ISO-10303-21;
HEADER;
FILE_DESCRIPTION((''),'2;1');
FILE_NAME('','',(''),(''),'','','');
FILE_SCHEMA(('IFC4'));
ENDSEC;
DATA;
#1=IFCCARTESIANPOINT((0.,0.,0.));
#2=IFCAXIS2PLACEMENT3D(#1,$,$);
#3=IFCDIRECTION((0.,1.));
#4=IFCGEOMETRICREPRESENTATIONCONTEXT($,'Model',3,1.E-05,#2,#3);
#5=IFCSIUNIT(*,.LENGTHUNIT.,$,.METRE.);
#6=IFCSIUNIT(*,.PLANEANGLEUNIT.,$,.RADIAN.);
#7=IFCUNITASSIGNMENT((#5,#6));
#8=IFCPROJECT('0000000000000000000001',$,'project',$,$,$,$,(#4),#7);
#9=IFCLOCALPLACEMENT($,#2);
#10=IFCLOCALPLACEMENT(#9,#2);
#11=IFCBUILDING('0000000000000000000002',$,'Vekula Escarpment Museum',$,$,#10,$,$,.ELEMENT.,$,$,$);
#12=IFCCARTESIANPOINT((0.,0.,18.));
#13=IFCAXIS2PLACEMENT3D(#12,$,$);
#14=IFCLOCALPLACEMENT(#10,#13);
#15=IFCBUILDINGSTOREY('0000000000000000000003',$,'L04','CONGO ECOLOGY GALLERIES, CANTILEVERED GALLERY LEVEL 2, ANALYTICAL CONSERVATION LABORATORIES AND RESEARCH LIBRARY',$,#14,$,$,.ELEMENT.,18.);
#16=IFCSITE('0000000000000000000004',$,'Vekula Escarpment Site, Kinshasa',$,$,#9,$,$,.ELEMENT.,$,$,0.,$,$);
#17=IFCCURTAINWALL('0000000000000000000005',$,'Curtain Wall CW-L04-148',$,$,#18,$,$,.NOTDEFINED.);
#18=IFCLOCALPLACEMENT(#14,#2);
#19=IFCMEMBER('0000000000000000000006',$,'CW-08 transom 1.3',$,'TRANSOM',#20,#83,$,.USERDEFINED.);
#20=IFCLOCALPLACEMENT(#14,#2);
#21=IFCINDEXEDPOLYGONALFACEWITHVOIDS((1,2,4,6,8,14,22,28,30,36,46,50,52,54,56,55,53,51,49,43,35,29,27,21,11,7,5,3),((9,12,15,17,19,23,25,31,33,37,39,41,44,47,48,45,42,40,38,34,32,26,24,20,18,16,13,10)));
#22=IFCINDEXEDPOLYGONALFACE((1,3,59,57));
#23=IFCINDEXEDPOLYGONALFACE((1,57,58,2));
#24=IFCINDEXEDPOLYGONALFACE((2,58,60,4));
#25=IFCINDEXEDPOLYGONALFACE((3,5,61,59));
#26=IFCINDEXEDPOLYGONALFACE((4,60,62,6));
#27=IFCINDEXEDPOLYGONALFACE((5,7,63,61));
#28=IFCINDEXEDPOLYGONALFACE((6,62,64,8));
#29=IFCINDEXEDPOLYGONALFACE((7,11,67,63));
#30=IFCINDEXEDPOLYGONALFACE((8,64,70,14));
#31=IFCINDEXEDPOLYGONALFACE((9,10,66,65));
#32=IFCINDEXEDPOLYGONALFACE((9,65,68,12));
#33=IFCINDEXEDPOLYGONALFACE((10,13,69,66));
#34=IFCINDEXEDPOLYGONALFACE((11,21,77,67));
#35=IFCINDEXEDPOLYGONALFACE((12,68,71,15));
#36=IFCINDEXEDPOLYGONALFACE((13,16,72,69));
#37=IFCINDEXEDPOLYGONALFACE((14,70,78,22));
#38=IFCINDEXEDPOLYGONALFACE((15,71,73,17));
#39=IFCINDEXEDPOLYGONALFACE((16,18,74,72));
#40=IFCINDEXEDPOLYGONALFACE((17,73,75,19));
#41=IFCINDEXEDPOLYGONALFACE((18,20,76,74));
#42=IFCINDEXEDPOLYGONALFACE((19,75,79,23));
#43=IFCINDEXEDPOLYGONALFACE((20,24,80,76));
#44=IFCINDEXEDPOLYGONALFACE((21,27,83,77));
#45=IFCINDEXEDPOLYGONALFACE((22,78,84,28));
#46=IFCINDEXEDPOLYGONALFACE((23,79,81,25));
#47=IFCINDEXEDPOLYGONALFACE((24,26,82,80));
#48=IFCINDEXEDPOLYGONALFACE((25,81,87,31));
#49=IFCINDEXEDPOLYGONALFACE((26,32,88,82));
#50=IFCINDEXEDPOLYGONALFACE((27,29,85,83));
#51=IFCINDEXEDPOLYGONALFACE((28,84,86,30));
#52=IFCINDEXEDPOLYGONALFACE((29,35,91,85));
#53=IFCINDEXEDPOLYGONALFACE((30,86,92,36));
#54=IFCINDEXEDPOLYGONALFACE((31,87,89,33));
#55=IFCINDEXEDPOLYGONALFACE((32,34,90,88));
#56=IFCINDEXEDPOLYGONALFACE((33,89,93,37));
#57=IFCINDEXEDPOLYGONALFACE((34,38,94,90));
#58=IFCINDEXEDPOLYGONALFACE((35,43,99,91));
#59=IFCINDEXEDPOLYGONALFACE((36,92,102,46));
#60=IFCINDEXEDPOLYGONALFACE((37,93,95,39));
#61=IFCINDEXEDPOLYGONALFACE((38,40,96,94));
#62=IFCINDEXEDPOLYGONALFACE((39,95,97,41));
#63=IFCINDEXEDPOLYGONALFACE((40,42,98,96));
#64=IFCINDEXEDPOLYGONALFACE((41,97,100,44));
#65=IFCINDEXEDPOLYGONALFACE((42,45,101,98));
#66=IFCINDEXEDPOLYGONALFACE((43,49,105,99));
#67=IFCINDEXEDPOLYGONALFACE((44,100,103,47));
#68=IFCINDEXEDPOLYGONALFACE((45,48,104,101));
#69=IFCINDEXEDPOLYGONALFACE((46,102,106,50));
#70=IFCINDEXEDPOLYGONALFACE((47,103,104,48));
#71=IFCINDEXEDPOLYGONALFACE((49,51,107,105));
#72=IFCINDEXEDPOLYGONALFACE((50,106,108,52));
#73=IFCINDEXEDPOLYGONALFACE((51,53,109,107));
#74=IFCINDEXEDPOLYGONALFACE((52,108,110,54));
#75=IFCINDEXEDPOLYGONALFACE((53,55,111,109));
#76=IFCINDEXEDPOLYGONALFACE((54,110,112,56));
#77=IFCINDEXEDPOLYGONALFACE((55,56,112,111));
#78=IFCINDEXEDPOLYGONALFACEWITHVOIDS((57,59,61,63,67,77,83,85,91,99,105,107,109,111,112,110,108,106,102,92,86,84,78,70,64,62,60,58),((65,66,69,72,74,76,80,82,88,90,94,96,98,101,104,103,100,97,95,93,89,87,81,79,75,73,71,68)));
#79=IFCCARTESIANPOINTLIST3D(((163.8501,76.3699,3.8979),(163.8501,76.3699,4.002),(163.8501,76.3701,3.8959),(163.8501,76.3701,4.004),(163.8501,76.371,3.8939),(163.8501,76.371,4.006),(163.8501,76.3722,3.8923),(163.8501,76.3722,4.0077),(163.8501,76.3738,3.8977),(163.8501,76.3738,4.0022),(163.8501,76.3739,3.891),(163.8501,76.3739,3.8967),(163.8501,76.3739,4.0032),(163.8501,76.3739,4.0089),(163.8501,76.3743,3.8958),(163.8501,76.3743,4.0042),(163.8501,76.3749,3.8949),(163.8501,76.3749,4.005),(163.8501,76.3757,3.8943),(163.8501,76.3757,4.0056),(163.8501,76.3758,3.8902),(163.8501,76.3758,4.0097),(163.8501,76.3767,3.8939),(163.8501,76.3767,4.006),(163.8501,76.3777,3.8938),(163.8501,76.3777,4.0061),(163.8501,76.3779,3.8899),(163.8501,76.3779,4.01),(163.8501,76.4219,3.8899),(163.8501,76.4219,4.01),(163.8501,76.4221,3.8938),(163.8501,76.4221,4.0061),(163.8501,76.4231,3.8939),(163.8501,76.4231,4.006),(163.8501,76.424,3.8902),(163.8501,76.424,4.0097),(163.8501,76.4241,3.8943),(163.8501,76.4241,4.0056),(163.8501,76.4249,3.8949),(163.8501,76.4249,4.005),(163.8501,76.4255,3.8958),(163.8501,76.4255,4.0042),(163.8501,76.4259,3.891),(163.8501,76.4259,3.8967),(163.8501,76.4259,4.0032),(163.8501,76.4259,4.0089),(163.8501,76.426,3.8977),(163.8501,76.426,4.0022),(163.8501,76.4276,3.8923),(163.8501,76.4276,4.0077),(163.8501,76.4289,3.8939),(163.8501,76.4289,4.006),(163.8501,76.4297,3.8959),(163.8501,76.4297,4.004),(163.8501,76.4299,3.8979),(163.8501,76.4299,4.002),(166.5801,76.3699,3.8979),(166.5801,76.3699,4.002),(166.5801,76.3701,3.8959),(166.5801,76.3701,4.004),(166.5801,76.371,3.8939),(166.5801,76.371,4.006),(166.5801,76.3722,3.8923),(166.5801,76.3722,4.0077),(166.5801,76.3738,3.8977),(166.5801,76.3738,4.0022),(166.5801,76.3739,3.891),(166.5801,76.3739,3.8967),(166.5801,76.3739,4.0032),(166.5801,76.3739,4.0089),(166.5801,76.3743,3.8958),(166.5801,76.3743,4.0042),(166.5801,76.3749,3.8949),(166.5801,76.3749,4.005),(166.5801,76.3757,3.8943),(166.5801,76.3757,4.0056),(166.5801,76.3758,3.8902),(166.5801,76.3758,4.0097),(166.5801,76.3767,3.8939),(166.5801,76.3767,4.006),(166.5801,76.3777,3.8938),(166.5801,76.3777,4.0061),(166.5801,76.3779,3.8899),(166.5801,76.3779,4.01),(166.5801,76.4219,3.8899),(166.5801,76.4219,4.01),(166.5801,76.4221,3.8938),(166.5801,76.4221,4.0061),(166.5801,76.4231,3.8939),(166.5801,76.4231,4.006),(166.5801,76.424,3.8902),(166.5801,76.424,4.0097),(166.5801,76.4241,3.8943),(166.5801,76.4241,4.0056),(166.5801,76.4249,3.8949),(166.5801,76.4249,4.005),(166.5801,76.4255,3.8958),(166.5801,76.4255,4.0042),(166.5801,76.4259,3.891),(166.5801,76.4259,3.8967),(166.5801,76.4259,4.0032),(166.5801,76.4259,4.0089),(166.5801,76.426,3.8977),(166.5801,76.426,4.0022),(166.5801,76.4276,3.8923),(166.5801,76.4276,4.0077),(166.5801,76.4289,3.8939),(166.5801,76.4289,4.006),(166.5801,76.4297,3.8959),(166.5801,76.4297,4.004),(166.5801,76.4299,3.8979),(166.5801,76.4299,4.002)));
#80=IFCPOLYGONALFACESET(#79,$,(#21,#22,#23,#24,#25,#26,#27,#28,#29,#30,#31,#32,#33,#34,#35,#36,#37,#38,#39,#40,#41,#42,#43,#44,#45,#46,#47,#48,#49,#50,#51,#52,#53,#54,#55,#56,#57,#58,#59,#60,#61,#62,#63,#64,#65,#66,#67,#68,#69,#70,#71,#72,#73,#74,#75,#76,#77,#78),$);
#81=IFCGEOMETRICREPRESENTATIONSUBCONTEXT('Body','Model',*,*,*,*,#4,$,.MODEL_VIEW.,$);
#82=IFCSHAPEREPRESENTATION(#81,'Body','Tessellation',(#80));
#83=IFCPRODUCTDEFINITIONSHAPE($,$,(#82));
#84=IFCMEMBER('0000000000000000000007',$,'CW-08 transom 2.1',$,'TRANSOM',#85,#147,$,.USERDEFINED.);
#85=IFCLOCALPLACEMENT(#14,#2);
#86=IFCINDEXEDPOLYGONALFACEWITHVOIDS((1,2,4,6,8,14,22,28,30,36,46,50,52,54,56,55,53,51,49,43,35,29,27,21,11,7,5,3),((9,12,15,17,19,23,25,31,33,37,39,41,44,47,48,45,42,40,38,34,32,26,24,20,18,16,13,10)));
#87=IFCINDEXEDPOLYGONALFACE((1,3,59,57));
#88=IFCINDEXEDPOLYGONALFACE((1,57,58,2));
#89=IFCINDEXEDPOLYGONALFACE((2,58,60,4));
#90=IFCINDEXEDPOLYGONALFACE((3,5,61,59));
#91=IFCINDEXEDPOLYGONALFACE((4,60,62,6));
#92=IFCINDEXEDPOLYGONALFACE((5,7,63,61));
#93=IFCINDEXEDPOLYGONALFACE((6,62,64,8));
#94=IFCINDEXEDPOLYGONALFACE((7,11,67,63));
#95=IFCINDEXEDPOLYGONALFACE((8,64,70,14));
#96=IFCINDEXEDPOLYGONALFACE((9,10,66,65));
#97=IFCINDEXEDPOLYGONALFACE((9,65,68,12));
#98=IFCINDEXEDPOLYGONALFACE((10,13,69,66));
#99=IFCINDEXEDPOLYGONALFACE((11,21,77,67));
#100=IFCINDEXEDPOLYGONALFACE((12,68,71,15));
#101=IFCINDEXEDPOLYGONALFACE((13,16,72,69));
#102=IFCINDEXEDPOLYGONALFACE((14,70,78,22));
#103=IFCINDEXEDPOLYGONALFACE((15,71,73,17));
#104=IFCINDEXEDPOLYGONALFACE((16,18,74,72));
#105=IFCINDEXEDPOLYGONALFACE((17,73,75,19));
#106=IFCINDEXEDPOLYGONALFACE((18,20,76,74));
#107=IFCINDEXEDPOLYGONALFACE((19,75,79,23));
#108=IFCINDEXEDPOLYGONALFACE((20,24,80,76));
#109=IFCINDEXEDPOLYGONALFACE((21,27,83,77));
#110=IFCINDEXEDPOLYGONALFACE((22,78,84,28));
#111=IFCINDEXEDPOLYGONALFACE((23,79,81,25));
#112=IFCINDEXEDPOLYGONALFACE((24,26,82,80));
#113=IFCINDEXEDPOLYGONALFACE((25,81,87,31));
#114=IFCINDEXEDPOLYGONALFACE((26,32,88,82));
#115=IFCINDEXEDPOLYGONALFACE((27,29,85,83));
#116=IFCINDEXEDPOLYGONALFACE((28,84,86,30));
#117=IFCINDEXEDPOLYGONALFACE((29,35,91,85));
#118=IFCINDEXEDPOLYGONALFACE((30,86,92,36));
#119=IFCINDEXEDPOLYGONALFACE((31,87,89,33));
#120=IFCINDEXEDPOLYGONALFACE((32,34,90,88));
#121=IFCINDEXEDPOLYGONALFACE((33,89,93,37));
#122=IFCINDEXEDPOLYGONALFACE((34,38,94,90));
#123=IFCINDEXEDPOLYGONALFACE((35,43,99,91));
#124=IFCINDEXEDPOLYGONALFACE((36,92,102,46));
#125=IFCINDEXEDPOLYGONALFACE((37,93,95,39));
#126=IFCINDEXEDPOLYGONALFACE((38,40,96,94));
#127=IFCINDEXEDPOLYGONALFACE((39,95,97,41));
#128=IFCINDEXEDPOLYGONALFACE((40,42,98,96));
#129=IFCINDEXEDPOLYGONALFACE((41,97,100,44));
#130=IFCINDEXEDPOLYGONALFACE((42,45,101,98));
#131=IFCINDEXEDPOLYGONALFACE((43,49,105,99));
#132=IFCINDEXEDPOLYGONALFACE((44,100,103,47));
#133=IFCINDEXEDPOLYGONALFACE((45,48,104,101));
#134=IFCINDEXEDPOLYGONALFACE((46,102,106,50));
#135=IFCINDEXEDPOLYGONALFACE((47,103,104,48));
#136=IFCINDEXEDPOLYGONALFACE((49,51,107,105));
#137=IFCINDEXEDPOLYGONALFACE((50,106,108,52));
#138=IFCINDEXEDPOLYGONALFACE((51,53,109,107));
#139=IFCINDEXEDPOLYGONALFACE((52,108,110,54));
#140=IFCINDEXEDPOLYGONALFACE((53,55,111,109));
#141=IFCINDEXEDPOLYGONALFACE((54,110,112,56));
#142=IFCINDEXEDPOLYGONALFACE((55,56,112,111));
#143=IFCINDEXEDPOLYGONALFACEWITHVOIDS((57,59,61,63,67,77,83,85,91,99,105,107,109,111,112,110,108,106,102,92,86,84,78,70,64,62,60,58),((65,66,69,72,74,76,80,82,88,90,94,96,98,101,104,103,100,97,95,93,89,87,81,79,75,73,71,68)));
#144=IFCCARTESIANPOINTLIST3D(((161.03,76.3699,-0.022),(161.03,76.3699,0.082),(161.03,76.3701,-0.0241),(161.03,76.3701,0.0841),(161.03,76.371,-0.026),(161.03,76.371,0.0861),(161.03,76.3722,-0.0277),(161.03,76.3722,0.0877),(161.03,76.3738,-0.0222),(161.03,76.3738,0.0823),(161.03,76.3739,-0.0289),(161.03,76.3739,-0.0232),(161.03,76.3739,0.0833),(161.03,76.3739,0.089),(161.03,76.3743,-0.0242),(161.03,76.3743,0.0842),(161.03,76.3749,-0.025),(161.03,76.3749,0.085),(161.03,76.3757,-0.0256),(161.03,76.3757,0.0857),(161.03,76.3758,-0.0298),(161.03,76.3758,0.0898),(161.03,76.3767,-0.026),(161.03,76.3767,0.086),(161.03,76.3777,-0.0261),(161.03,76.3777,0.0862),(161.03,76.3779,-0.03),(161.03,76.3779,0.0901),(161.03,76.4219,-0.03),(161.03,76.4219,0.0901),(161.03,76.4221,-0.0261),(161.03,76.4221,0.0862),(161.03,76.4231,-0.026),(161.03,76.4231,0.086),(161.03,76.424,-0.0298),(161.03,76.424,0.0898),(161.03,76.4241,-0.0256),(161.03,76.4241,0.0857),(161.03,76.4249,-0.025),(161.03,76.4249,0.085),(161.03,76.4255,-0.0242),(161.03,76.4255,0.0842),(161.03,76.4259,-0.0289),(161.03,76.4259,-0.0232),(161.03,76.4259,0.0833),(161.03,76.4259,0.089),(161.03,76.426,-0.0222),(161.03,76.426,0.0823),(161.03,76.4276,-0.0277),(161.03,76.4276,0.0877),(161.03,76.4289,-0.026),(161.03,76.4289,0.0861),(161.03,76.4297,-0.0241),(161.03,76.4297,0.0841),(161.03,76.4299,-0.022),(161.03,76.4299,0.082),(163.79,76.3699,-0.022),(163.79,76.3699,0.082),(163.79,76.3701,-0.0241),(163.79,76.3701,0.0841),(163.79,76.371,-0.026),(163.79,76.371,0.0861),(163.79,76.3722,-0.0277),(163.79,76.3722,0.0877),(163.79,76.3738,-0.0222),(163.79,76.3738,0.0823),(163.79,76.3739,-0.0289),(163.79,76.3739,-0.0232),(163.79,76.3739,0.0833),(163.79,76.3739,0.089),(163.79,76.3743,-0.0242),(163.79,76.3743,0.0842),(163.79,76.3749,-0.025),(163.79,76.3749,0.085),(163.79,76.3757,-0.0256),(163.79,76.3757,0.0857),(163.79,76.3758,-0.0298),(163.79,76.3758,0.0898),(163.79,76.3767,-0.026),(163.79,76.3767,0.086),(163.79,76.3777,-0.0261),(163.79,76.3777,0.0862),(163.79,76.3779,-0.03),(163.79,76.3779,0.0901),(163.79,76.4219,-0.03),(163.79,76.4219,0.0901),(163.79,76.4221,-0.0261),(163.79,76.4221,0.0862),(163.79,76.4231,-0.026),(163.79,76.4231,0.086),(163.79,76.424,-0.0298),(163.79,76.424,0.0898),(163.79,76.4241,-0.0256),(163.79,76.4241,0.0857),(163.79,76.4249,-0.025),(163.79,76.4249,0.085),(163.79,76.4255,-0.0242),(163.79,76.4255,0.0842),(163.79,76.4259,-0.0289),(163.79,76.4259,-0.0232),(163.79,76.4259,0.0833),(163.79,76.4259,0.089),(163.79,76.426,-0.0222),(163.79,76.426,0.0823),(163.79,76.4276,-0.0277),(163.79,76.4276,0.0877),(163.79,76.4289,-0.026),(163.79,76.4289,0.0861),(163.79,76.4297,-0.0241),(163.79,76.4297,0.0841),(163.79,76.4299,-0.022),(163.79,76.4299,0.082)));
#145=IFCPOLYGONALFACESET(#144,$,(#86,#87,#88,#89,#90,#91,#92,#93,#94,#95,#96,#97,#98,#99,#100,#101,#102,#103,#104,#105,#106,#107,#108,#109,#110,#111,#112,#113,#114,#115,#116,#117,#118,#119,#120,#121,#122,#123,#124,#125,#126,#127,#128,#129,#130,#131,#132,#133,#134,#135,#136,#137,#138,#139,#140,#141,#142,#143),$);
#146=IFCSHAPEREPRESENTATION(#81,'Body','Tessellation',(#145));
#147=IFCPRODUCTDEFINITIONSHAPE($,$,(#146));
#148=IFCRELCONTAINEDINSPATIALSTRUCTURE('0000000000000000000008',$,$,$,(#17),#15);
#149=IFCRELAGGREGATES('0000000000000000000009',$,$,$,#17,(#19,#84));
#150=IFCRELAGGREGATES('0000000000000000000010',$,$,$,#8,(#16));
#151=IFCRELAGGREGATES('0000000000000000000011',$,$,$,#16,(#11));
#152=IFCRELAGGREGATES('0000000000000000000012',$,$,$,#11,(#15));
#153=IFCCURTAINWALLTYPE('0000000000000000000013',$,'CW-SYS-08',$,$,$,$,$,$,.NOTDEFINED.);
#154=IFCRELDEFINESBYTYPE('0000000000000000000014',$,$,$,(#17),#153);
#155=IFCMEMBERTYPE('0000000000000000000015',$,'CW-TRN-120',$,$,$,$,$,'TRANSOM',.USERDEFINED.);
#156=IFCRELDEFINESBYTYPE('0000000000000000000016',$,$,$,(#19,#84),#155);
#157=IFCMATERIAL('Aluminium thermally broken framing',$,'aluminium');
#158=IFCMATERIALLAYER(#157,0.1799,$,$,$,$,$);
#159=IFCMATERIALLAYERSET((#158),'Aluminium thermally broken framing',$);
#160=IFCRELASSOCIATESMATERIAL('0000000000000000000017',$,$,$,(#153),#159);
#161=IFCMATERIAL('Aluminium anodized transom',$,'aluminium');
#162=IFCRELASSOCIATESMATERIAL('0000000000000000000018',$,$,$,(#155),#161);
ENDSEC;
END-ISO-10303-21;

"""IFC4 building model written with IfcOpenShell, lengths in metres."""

from ifc_helpers import new_model, si_unit, direction, frame, origin, origin_2d, place, context, subcontext, project, spatial, hollow_rectangle, extrude, material, layer, layer_set, material_profile, profile_set, type_object, element, aggregate, save


model = new_model("IFC4")

# Units and contexts
model_context = context("Model", 3, precision=1e-05, world=origin(), true_north=direction((0.0, 1.0)))
body_context = subcontext(model_context, "Body", "Model", "MODEL_VIEW")
ifc_project = project(units=[si_unit("LENGTHUNIT", "METRE"), si_unit("PLANEANGLEUNIT", "RADIAN")], contexts=[model_context])

# Site, building, storey
site_placement = place(None, origin())
site = spatial("IfcSite", under=ifc_project, at=site_placement, Name="Vekula Escarpment Site, Kinshasa", CompositionType="ELEMENT", RefElevation=0.0)
building_placement = place(site_placement, origin())
building = spatial("IfcBuilding", under=site, at=building_placement, Name="Vekula Escarpment Museum", CompositionType="ELEMENT")
storey_placement = place(building_placement, frame((0.0, 0.0, 18.0)))
storey = spatial("IfcBuildingStorey", under=building, at=storey_placement, Name="L04", Description="CONGO ECOLOGY GALLERIES, CANTILEVERED GALLERY LEVEL 2, ANALYTICAL CONSERVATION LABORATORIES AND RESEARCH LIBRARY", CompositionType="ELEMENT", Elevation=18.0)

# Curtain wall, members
ifc_material_1 = material(Name="Aluminium thermally broken framing", Category="aluminium")
ifc_layer_1 = layer(ifc_material_1, 0.1799)
ifc_layer_set_1 = layer_set([ifc_layer_1], Name="Aluminium thermally broken framing")
curtain_wall_type = type_object("IfcCurtainWallType", Name="CW-SYS-08", PredefinedType="NOTDEFINED", material=ifc_layer_set_1)
curtain_wall_placement = place(storey_placement, origin())
curtain_wall = element("IfcCurtainWall", 1, at=curtain_wall_placement, inside=storey, type_object=curtain_wall_type, Name="Curtain Wall CW-L04-148", PredefinedType="NOTDEFINED")
ifc_material_2 = material(Name="Aluminium anodized transom", Category="aluminium")
ifc_material_profile_1 = material_profile(ifc_material_2, hollow_rectangle(XDim=0.0601, YDim=0.1201, WallThickness=0.0039, InnerFilletRadius=0.0039, OuterFilletRadius=0.0081, at=origin_2d()), Name="ALU 120x60x4")
ifc_profile_set_1 = profile_set([ifc_material_profile_1], Name="Aluminium anodized transom")
member_type_1 = type_object("IfcMemberType", Name="CW-TRN-120", ElementType="TRANSOM", PredefinedType="USERDEFINED", material=ifc_profile_set_1)
member_1_placement = place(storey_placement, frame((166.5801, 76.3999, 3.95), z_axis=(-1.0, 0.0, 0.0), x_axis=(0.0, -1.0, 0.0)))
member_1 = element("IfcMember", 2, at=member_1_placement, type_object=member_type_1, Name="CW-08 transom 1.3", ObjectType="TRANSOM", PredefinedType="USERDEFINED", context=body_context, shape_type="SweptSolid", body=[
    extrude(hollow_rectangle(XDim=0.0601, YDim=0.1201, WallThickness=0.0039, InnerFilletRadius=0.0039, OuterFilletRadius=0.0081, at=origin_2d()), origin(), (0.0, 0.0, 1.0), 2.73),
])
member_2_placement = place(storey_placement, frame((163.79, 76.3999, 0.03), z_axis=(-1.0, 0.0, 0.0), x_axis=(0.0, -1.0, 0.0)))
member_2 = element("IfcMember", 3, at=member_2_placement, type_object=member_type_1, Name="CW-08 transom 2.1", ObjectType="TRANSOM", PredefinedType="USERDEFINED", context=body_context, shape_type="SweptSolid", body=[
    extrude(hollow_rectangle(XDim=0.0601, YDim=0.1201, WallThickness=0.0039, InnerFilletRadius=0.0039, OuterFilletRadius=0.0081, at=origin_2d()), origin(), (0.0, 0.0, 1.0), 2.76),
])
aggregate(curtain_wall, [member_1, member_2])

save(model, "model.ifc")
